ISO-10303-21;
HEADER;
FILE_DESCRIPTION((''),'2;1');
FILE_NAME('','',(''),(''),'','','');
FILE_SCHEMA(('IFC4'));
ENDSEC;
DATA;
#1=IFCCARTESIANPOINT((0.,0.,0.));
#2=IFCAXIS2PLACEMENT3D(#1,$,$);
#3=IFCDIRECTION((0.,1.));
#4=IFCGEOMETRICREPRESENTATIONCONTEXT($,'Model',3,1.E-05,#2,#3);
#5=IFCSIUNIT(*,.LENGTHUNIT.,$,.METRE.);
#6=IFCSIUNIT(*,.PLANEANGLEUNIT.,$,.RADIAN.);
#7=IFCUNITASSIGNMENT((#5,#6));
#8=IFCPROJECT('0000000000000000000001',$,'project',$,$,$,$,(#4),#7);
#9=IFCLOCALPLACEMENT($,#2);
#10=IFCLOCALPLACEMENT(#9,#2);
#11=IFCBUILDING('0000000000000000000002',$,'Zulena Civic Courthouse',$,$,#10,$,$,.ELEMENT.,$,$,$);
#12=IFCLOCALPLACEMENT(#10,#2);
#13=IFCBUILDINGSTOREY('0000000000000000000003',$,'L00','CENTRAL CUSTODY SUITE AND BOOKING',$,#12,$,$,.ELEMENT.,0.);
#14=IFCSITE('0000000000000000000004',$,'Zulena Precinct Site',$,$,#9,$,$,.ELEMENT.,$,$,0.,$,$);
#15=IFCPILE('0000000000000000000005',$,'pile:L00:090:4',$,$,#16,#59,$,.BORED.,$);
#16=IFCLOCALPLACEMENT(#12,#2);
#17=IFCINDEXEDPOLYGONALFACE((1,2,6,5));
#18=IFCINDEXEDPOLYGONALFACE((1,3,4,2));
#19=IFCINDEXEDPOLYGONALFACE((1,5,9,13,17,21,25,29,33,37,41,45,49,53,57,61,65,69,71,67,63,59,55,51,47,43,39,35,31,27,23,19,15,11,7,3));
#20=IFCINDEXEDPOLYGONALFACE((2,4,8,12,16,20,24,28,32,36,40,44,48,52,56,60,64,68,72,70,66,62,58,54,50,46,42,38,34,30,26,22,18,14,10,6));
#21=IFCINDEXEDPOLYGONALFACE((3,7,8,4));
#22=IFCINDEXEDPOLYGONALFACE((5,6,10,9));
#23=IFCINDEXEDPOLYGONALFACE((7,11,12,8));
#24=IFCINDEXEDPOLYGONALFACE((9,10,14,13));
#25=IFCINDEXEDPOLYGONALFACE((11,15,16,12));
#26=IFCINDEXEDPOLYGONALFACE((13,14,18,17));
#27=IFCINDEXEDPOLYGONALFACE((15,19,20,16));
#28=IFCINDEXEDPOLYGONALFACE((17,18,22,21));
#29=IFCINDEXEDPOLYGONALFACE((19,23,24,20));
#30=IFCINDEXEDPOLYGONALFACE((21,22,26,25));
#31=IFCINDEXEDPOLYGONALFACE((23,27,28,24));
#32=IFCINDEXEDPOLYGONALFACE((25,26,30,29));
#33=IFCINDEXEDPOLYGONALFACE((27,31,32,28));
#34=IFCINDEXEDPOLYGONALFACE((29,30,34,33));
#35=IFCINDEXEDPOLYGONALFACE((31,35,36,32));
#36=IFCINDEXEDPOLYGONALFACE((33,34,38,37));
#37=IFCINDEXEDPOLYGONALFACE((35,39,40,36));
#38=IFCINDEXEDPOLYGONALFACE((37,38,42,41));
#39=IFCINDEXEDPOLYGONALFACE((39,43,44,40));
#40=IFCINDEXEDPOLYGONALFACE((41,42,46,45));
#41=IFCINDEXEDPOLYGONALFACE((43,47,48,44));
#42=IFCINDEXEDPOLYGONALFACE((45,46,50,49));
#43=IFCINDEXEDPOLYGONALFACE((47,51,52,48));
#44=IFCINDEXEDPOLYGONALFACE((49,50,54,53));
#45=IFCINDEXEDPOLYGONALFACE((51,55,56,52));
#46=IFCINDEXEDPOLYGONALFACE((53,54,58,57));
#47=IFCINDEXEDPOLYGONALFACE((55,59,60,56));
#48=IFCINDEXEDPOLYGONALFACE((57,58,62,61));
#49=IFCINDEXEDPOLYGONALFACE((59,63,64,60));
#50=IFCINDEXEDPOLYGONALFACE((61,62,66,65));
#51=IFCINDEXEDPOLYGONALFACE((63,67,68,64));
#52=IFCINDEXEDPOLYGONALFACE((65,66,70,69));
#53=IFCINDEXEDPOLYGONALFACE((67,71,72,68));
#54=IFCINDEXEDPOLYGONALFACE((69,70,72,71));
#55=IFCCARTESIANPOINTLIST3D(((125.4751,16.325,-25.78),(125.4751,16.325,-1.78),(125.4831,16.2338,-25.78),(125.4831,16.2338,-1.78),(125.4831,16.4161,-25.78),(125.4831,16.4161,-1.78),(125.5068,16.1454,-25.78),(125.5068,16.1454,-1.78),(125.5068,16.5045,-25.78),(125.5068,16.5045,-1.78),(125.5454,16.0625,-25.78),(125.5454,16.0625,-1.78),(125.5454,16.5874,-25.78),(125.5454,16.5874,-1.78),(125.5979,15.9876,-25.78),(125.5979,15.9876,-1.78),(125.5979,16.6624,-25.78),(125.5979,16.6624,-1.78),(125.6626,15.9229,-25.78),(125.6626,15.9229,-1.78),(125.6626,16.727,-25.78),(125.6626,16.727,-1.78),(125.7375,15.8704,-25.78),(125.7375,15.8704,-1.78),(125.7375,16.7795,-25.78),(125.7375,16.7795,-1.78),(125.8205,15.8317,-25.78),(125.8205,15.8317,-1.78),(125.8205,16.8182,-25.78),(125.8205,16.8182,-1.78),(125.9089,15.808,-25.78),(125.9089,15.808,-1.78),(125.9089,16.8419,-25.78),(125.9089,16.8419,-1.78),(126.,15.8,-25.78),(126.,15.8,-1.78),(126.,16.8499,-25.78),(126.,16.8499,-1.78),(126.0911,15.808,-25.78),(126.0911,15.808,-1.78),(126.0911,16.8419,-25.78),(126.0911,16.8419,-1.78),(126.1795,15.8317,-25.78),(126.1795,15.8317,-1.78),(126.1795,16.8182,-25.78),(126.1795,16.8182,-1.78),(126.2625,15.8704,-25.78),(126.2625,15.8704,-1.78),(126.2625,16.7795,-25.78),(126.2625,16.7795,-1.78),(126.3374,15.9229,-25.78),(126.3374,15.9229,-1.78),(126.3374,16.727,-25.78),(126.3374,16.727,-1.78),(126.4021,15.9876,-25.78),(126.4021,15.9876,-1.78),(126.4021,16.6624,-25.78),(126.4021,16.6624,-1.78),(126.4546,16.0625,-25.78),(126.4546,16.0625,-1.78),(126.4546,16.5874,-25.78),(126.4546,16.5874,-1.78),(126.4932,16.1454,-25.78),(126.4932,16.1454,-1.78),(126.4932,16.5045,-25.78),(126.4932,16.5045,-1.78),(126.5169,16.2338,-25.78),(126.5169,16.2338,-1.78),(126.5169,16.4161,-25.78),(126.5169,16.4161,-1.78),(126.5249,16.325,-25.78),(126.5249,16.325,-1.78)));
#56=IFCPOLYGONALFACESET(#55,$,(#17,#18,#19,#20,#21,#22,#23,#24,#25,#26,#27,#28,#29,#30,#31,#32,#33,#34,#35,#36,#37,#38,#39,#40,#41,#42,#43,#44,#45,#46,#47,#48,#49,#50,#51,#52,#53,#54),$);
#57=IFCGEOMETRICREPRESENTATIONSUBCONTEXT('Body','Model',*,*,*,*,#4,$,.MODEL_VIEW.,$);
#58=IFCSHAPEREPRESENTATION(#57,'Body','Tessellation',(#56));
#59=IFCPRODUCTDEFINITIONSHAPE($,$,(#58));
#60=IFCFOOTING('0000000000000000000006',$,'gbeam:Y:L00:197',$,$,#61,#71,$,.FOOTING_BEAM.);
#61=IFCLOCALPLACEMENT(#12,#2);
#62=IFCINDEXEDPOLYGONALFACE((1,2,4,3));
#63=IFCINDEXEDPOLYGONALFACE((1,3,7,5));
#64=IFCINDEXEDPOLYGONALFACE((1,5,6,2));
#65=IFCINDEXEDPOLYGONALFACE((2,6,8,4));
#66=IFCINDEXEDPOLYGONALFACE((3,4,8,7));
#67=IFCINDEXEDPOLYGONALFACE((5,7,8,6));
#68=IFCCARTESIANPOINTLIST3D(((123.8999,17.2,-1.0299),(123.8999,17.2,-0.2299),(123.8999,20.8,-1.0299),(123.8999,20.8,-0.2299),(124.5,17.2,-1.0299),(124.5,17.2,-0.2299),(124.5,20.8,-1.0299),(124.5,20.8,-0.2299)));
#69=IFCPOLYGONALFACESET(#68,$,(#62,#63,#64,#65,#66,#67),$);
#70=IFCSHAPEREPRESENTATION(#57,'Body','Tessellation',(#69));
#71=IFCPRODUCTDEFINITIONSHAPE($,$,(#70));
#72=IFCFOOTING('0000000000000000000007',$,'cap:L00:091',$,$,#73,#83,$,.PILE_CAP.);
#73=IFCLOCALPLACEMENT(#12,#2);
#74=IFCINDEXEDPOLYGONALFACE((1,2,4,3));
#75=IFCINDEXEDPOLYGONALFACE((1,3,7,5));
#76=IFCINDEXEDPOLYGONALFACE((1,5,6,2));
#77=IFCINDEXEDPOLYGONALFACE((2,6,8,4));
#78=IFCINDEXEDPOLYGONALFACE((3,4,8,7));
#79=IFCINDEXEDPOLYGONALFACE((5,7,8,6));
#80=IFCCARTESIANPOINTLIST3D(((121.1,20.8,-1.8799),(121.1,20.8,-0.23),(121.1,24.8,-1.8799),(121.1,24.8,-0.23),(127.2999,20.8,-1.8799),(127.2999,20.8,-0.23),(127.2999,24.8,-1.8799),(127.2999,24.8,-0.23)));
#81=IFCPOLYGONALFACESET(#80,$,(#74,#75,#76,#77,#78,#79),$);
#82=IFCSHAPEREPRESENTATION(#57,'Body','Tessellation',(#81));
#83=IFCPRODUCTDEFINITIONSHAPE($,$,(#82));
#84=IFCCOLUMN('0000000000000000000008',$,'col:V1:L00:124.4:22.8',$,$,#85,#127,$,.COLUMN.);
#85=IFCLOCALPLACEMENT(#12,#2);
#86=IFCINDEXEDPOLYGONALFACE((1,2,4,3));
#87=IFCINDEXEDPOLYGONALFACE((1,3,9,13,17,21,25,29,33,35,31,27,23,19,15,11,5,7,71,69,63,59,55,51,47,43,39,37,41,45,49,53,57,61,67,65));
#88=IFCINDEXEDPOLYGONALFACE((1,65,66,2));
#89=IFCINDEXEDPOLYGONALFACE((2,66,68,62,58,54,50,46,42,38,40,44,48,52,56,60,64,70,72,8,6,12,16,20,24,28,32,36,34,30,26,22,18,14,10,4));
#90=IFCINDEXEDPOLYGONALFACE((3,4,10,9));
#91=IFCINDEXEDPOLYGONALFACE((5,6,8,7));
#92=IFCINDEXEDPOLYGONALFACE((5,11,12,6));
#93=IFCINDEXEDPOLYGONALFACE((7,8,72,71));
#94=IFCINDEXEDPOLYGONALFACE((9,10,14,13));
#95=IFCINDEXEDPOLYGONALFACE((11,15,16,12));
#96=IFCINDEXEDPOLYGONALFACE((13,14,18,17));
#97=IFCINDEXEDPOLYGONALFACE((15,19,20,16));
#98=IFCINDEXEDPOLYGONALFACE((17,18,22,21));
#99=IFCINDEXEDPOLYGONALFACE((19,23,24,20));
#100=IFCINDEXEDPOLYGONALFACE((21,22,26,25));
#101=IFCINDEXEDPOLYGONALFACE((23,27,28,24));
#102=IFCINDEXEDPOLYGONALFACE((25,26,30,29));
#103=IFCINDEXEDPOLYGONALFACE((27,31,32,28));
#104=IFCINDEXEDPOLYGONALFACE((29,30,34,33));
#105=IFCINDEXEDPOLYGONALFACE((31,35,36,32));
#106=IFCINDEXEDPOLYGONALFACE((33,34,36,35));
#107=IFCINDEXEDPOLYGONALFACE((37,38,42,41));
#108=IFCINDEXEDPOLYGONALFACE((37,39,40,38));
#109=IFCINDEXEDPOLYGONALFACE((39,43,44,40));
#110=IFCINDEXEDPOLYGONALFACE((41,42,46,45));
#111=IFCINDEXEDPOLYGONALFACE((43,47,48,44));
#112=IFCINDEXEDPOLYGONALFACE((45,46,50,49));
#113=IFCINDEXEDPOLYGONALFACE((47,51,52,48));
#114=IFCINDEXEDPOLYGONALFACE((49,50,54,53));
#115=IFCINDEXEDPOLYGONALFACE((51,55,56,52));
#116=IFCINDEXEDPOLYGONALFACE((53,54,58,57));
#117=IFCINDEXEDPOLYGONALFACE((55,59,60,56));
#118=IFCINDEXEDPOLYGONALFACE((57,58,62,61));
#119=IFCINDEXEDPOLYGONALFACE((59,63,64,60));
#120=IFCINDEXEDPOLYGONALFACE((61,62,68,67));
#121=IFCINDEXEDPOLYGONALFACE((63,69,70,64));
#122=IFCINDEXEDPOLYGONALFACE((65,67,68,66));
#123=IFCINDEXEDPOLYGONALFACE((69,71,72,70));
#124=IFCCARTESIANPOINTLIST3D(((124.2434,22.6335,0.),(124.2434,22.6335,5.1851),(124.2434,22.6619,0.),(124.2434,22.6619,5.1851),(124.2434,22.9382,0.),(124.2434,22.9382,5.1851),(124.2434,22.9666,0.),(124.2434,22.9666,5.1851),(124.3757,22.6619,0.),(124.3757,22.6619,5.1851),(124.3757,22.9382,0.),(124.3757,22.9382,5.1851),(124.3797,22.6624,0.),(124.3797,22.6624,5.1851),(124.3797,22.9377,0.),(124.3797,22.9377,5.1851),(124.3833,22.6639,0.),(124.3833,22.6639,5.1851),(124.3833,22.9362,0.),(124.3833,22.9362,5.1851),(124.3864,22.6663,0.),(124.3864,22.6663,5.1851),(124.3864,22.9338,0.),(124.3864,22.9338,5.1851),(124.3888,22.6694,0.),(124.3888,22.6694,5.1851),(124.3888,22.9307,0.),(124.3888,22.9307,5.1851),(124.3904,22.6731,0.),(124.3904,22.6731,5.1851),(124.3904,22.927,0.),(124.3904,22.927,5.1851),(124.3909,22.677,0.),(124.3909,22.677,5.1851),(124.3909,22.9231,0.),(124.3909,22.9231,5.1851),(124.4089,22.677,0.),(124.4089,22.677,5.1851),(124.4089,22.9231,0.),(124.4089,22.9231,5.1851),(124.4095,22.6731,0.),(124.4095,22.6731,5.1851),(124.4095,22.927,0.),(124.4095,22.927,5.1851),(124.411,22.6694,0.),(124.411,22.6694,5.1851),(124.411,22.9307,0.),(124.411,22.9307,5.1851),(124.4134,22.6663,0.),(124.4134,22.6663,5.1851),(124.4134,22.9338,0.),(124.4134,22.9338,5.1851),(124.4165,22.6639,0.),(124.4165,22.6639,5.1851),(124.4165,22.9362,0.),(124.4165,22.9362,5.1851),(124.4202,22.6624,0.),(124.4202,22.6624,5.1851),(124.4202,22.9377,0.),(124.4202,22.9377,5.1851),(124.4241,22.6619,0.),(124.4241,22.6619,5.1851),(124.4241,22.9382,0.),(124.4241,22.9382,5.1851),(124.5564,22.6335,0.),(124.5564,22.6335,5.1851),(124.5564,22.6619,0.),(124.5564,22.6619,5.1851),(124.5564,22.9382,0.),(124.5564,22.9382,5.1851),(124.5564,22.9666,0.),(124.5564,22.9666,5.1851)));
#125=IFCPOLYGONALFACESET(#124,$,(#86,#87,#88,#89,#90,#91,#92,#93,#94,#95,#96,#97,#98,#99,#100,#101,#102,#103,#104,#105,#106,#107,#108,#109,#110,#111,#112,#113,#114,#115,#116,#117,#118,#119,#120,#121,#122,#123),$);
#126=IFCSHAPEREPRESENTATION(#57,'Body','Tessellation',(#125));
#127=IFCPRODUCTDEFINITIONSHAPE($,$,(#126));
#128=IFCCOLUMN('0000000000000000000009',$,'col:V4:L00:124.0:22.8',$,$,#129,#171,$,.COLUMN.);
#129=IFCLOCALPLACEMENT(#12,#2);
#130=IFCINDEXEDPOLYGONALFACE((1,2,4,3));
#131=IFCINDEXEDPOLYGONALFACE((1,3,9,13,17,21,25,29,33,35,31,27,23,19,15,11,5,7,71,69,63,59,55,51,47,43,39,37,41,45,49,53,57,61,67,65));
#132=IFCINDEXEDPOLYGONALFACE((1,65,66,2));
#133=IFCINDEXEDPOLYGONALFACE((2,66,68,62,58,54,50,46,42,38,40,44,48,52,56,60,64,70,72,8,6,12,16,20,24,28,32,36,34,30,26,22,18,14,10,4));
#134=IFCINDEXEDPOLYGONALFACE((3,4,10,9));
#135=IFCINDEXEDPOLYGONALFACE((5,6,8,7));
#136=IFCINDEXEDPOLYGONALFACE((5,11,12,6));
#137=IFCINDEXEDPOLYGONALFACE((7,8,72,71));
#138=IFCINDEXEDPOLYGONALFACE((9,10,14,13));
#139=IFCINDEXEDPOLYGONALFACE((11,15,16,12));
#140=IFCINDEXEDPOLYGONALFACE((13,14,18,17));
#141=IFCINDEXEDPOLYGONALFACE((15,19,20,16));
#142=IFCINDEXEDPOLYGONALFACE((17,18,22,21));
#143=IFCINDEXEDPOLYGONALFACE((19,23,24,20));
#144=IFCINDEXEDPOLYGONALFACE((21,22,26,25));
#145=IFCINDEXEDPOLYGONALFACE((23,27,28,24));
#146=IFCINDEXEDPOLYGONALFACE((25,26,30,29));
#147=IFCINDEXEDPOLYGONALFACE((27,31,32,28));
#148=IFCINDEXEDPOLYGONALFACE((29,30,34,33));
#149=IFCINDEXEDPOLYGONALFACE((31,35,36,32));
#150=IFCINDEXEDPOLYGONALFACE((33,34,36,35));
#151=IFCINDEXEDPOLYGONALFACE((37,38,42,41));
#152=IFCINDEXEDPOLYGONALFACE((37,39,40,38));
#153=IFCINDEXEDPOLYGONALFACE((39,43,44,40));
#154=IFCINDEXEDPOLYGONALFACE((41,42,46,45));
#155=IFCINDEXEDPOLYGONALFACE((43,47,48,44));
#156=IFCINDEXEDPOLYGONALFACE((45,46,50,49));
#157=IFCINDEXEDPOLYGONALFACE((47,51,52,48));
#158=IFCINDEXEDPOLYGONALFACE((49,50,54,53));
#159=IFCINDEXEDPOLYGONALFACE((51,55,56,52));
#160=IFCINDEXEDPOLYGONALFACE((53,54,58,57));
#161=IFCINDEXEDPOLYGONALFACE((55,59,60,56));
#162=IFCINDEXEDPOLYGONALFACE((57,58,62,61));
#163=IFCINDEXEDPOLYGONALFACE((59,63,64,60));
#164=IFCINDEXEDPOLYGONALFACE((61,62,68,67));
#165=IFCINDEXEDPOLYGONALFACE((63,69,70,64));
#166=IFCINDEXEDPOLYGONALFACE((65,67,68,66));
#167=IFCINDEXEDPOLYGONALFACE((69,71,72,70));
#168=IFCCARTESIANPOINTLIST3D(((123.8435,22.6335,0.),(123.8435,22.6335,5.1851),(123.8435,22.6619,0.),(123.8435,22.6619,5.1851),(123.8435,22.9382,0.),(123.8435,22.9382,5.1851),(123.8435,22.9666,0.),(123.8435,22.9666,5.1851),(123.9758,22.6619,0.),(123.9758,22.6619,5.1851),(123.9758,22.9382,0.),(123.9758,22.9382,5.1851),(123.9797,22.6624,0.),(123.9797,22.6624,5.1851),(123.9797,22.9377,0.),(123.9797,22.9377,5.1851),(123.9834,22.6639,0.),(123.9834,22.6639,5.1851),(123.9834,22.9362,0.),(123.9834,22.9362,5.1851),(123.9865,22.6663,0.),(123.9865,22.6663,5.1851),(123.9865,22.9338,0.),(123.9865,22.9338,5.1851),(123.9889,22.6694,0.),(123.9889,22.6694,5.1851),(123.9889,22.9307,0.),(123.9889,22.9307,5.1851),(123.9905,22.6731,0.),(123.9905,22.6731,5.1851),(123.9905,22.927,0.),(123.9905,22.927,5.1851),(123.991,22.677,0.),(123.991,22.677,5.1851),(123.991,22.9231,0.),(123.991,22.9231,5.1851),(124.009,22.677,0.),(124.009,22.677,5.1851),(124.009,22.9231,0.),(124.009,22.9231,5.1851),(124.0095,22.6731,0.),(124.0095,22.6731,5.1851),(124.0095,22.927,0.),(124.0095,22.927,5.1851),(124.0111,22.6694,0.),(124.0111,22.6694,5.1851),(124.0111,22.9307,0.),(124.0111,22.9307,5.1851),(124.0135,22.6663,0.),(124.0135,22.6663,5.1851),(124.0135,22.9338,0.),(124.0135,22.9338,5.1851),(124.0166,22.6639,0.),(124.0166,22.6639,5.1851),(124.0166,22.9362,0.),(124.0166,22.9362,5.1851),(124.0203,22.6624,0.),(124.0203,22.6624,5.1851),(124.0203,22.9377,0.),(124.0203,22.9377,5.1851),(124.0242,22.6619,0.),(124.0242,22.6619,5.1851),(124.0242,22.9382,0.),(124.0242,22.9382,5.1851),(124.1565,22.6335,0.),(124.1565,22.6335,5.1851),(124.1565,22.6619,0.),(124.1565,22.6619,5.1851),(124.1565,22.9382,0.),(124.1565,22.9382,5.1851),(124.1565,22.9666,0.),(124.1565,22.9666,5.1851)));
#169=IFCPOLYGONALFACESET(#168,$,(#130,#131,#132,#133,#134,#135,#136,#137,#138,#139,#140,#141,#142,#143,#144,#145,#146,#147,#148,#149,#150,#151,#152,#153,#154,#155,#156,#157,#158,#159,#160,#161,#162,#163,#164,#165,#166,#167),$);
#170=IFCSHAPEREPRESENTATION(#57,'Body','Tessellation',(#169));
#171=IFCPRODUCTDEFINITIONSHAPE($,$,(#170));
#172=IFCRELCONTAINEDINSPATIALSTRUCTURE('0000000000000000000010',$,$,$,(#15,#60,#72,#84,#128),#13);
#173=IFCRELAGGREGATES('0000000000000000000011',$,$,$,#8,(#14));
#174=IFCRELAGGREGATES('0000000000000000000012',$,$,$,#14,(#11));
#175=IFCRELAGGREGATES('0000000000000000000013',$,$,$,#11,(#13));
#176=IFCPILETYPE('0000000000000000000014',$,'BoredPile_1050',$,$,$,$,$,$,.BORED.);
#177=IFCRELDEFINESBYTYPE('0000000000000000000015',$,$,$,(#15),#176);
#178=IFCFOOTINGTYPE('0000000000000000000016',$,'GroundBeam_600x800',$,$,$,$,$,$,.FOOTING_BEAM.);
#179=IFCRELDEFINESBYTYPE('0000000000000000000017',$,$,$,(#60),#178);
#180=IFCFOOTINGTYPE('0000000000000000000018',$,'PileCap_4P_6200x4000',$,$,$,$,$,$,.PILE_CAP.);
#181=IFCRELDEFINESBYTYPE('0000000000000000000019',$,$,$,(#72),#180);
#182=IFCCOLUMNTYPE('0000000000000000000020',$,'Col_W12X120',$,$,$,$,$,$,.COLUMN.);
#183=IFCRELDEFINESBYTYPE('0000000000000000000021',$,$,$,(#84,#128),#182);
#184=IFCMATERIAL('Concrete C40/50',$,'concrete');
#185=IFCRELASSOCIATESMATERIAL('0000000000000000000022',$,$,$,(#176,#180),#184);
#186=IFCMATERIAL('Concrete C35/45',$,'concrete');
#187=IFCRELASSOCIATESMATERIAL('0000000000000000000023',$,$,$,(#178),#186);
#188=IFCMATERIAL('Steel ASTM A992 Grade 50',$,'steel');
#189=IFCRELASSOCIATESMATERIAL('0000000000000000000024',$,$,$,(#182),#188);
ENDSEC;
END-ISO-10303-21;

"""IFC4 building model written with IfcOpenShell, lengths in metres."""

from ifc_helpers import new_model, si_unit, direction, frame, origin, origin_2d, place, context, subcontext, project, spatial, rectangle, circle, i_section, extrude, material, material_profile, profile_set, type_object, element, save


model = new_model("IFC4")

# Units and contexts
model_context = context("Model", 3, precision=1e-05, world=origin(), true_north=direction((0.0, 1.0)))
body_context = subcontext(model_context, "Body", "Model", "MODEL_VIEW")
ifc_project = project(units=[si_unit("LENGTHUNIT", "METRE"), si_unit("PLANEANGLEUNIT", "RADIAN")], contexts=[model_context])

# Site, building, storey
site_placement = place(None, origin())
site = spatial("IfcSite", under=ifc_project, at=site_placement, Name="Zulena Precinct Site", CompositionType="ELEMENT", RefElevation=0.0)
building_placement = place(site_placement, origin())
building = spatial("IfcBuilding", under=site, at=building_placement, Name="Zulena Civic Courthouse", CompositionType="ELEMENT")
storey_placement = place(building_placement, origin())
storey = spatial("IfcBuildingStorey", under=building, at=storey_placement, Name="L00", Description="CENTRAL CUSTODY SUITE AND BOOKING", CompositionType="ELEMENT", Elevation=0.0)

# Pile
ifc_material_1 = material(Name="Concrete C40/50", Category="concrete")
ifc_material_profile_1 = material_profile(ifc_material_1, circle(Radius=0.5249, at=origin_2d()), Name="PILE1050")
ifc_profile_set_1 = profile_set([ifc_material_profile_1], Name="Concrete C40/50")
pile_type = type_object("IfcPileType", Name="BoredPile_1050", PredefinedType="BORED", material=ifc_profile_set_1)
pile_placement = place(storey_placement, frame((126.0, 16.325, -1.78), z_axis=(0.0, 0.0, -1.0), x_axis=(1.0, 0.0, 0.0)))
element("IfcPile", 1, at=pile_placement, inside=storey, type_object=pile_type, Name="pile:L00:090:4", PredefinedType="BORED", context=body_context, shape_type="SweptSolid", body=[
    extrude(circle(Radius=0.5249, at=origin_2d()), origin(), (0.0, 0.0, 1.0), 24.0),
])

# Footings
ifc_material_2 = material(Name="Concrete C35/45", Category="concrete")
ifc_material_profile_2 = material_profile(ifc_material_2, rectangle(XDim=0.6001, YDim=0.8, at=origin_2d()), Name="RC600X800")
ifc_profile_set_2 = profile_set([ifc_material_profile_2], Name="Concrete C35/45")
footing_type_1 = type_object("IfcFootingType", Name="GroundBeam_600x800", PredefinedType="FOOTING_BEAM", material=ifc_profile_set_2)
footing_1_placement = place(storey_placement, frame((124.2, 17.2, -0.6299), z_axis=(0.0, 1.0, 0.0), x_axis=(-1.0, 0.0, 0.0)))
element("IfcFooting", 2, at=footing_1_placement, inside=storey, type_object=footing_type_1, Name="gbeam:Y:L00:197", PredefinedType="FOOTING_BEAM", context=body_context, shape_type="SweptSolid", body=[
    extrude(rectangle(XDim=0.6001, YDim=0.8, at=origin_2d()), origin(), (0.0, 0.0, 1.0), 3.6001),
])
footing_type_2 = type_object("IfcFootingType", Name="PileCap_4P_6200x4000", PredefinedType="PILE_CAP", material=ifc_material_1)
footing_2_placement = place(storey_placement, frame((124.2, 22.8, -1.8799), z_axis=(0.0, 0.0, 1.0), x_axis=(1.0, 0.0, 0.0)))
element("IfcFooting", 3, at=footing_2_placement, inside=storey, type_object=footing_type_2, Name="cap:L00:091", PredefinedType="PILE_CAP", context=body_context, shape_type="SweptSolid", body=[
    extrude(rectangle(XDim=6.2, YDim=4.0, at=origin_2d()), origin(), (0.0, 0.0, 1.0), 1.6499),
])

# Columns
ifc_material_3 = material(Name="Steel ASTM A992 Grade 50", Category="steel")
ifc_material_profile_3 = material_profile(ifc_material_3, i_section(OverallWidth=0.313, OverallDepth=0.333, WebThickness=0.0181, FlangeThickness=0.0283, FilletRadius=0.0151, at=origin_2d()), Name="W12X120")
ifc_profile_set_3 = profile_set([ifc_material_profile_3], Name="Steel ASTM A992 Grade 50")
column_type = type_object("IfcColumnType", Name="Col_W12X120", PredefinedType="COLUMN", material=ifc_profile_set_3)
for number, where, z_axis, x_axis, name in (
    (4, (124.3999, 22.8, 0.0), (0.0, 0.0, 1.0), (1.0, 0.0, 0.0), "col:V1:L00:124.4:22.8"),
    (5, (124.0, 22.8, 0.0), (0.0, 0.0, 1.0), (1.0, 0.0, 0.0), "col:V4:L00:124.0:22.8"),
):
    element("IfcColumn", number, at=place(storey_placement, frame(where, z_axis=z_axis, x_axis=x_axis)), inside=storey, type_object=column_type, Name=name, PredefinedType="COLUMN", context=body_context, shape_type="SweptSolid", body=[
        extrude(i_section(OverallWidth=0.313, OverallDepth=0.333, WebThickness=0.0181, FlangeThickness=0.0283, FilletRadius=0.0151, at=origin_2d()), origin(), (0.0, 0.0, 1.0), 5.1851),
    ])

save(model, "model.ifc")
